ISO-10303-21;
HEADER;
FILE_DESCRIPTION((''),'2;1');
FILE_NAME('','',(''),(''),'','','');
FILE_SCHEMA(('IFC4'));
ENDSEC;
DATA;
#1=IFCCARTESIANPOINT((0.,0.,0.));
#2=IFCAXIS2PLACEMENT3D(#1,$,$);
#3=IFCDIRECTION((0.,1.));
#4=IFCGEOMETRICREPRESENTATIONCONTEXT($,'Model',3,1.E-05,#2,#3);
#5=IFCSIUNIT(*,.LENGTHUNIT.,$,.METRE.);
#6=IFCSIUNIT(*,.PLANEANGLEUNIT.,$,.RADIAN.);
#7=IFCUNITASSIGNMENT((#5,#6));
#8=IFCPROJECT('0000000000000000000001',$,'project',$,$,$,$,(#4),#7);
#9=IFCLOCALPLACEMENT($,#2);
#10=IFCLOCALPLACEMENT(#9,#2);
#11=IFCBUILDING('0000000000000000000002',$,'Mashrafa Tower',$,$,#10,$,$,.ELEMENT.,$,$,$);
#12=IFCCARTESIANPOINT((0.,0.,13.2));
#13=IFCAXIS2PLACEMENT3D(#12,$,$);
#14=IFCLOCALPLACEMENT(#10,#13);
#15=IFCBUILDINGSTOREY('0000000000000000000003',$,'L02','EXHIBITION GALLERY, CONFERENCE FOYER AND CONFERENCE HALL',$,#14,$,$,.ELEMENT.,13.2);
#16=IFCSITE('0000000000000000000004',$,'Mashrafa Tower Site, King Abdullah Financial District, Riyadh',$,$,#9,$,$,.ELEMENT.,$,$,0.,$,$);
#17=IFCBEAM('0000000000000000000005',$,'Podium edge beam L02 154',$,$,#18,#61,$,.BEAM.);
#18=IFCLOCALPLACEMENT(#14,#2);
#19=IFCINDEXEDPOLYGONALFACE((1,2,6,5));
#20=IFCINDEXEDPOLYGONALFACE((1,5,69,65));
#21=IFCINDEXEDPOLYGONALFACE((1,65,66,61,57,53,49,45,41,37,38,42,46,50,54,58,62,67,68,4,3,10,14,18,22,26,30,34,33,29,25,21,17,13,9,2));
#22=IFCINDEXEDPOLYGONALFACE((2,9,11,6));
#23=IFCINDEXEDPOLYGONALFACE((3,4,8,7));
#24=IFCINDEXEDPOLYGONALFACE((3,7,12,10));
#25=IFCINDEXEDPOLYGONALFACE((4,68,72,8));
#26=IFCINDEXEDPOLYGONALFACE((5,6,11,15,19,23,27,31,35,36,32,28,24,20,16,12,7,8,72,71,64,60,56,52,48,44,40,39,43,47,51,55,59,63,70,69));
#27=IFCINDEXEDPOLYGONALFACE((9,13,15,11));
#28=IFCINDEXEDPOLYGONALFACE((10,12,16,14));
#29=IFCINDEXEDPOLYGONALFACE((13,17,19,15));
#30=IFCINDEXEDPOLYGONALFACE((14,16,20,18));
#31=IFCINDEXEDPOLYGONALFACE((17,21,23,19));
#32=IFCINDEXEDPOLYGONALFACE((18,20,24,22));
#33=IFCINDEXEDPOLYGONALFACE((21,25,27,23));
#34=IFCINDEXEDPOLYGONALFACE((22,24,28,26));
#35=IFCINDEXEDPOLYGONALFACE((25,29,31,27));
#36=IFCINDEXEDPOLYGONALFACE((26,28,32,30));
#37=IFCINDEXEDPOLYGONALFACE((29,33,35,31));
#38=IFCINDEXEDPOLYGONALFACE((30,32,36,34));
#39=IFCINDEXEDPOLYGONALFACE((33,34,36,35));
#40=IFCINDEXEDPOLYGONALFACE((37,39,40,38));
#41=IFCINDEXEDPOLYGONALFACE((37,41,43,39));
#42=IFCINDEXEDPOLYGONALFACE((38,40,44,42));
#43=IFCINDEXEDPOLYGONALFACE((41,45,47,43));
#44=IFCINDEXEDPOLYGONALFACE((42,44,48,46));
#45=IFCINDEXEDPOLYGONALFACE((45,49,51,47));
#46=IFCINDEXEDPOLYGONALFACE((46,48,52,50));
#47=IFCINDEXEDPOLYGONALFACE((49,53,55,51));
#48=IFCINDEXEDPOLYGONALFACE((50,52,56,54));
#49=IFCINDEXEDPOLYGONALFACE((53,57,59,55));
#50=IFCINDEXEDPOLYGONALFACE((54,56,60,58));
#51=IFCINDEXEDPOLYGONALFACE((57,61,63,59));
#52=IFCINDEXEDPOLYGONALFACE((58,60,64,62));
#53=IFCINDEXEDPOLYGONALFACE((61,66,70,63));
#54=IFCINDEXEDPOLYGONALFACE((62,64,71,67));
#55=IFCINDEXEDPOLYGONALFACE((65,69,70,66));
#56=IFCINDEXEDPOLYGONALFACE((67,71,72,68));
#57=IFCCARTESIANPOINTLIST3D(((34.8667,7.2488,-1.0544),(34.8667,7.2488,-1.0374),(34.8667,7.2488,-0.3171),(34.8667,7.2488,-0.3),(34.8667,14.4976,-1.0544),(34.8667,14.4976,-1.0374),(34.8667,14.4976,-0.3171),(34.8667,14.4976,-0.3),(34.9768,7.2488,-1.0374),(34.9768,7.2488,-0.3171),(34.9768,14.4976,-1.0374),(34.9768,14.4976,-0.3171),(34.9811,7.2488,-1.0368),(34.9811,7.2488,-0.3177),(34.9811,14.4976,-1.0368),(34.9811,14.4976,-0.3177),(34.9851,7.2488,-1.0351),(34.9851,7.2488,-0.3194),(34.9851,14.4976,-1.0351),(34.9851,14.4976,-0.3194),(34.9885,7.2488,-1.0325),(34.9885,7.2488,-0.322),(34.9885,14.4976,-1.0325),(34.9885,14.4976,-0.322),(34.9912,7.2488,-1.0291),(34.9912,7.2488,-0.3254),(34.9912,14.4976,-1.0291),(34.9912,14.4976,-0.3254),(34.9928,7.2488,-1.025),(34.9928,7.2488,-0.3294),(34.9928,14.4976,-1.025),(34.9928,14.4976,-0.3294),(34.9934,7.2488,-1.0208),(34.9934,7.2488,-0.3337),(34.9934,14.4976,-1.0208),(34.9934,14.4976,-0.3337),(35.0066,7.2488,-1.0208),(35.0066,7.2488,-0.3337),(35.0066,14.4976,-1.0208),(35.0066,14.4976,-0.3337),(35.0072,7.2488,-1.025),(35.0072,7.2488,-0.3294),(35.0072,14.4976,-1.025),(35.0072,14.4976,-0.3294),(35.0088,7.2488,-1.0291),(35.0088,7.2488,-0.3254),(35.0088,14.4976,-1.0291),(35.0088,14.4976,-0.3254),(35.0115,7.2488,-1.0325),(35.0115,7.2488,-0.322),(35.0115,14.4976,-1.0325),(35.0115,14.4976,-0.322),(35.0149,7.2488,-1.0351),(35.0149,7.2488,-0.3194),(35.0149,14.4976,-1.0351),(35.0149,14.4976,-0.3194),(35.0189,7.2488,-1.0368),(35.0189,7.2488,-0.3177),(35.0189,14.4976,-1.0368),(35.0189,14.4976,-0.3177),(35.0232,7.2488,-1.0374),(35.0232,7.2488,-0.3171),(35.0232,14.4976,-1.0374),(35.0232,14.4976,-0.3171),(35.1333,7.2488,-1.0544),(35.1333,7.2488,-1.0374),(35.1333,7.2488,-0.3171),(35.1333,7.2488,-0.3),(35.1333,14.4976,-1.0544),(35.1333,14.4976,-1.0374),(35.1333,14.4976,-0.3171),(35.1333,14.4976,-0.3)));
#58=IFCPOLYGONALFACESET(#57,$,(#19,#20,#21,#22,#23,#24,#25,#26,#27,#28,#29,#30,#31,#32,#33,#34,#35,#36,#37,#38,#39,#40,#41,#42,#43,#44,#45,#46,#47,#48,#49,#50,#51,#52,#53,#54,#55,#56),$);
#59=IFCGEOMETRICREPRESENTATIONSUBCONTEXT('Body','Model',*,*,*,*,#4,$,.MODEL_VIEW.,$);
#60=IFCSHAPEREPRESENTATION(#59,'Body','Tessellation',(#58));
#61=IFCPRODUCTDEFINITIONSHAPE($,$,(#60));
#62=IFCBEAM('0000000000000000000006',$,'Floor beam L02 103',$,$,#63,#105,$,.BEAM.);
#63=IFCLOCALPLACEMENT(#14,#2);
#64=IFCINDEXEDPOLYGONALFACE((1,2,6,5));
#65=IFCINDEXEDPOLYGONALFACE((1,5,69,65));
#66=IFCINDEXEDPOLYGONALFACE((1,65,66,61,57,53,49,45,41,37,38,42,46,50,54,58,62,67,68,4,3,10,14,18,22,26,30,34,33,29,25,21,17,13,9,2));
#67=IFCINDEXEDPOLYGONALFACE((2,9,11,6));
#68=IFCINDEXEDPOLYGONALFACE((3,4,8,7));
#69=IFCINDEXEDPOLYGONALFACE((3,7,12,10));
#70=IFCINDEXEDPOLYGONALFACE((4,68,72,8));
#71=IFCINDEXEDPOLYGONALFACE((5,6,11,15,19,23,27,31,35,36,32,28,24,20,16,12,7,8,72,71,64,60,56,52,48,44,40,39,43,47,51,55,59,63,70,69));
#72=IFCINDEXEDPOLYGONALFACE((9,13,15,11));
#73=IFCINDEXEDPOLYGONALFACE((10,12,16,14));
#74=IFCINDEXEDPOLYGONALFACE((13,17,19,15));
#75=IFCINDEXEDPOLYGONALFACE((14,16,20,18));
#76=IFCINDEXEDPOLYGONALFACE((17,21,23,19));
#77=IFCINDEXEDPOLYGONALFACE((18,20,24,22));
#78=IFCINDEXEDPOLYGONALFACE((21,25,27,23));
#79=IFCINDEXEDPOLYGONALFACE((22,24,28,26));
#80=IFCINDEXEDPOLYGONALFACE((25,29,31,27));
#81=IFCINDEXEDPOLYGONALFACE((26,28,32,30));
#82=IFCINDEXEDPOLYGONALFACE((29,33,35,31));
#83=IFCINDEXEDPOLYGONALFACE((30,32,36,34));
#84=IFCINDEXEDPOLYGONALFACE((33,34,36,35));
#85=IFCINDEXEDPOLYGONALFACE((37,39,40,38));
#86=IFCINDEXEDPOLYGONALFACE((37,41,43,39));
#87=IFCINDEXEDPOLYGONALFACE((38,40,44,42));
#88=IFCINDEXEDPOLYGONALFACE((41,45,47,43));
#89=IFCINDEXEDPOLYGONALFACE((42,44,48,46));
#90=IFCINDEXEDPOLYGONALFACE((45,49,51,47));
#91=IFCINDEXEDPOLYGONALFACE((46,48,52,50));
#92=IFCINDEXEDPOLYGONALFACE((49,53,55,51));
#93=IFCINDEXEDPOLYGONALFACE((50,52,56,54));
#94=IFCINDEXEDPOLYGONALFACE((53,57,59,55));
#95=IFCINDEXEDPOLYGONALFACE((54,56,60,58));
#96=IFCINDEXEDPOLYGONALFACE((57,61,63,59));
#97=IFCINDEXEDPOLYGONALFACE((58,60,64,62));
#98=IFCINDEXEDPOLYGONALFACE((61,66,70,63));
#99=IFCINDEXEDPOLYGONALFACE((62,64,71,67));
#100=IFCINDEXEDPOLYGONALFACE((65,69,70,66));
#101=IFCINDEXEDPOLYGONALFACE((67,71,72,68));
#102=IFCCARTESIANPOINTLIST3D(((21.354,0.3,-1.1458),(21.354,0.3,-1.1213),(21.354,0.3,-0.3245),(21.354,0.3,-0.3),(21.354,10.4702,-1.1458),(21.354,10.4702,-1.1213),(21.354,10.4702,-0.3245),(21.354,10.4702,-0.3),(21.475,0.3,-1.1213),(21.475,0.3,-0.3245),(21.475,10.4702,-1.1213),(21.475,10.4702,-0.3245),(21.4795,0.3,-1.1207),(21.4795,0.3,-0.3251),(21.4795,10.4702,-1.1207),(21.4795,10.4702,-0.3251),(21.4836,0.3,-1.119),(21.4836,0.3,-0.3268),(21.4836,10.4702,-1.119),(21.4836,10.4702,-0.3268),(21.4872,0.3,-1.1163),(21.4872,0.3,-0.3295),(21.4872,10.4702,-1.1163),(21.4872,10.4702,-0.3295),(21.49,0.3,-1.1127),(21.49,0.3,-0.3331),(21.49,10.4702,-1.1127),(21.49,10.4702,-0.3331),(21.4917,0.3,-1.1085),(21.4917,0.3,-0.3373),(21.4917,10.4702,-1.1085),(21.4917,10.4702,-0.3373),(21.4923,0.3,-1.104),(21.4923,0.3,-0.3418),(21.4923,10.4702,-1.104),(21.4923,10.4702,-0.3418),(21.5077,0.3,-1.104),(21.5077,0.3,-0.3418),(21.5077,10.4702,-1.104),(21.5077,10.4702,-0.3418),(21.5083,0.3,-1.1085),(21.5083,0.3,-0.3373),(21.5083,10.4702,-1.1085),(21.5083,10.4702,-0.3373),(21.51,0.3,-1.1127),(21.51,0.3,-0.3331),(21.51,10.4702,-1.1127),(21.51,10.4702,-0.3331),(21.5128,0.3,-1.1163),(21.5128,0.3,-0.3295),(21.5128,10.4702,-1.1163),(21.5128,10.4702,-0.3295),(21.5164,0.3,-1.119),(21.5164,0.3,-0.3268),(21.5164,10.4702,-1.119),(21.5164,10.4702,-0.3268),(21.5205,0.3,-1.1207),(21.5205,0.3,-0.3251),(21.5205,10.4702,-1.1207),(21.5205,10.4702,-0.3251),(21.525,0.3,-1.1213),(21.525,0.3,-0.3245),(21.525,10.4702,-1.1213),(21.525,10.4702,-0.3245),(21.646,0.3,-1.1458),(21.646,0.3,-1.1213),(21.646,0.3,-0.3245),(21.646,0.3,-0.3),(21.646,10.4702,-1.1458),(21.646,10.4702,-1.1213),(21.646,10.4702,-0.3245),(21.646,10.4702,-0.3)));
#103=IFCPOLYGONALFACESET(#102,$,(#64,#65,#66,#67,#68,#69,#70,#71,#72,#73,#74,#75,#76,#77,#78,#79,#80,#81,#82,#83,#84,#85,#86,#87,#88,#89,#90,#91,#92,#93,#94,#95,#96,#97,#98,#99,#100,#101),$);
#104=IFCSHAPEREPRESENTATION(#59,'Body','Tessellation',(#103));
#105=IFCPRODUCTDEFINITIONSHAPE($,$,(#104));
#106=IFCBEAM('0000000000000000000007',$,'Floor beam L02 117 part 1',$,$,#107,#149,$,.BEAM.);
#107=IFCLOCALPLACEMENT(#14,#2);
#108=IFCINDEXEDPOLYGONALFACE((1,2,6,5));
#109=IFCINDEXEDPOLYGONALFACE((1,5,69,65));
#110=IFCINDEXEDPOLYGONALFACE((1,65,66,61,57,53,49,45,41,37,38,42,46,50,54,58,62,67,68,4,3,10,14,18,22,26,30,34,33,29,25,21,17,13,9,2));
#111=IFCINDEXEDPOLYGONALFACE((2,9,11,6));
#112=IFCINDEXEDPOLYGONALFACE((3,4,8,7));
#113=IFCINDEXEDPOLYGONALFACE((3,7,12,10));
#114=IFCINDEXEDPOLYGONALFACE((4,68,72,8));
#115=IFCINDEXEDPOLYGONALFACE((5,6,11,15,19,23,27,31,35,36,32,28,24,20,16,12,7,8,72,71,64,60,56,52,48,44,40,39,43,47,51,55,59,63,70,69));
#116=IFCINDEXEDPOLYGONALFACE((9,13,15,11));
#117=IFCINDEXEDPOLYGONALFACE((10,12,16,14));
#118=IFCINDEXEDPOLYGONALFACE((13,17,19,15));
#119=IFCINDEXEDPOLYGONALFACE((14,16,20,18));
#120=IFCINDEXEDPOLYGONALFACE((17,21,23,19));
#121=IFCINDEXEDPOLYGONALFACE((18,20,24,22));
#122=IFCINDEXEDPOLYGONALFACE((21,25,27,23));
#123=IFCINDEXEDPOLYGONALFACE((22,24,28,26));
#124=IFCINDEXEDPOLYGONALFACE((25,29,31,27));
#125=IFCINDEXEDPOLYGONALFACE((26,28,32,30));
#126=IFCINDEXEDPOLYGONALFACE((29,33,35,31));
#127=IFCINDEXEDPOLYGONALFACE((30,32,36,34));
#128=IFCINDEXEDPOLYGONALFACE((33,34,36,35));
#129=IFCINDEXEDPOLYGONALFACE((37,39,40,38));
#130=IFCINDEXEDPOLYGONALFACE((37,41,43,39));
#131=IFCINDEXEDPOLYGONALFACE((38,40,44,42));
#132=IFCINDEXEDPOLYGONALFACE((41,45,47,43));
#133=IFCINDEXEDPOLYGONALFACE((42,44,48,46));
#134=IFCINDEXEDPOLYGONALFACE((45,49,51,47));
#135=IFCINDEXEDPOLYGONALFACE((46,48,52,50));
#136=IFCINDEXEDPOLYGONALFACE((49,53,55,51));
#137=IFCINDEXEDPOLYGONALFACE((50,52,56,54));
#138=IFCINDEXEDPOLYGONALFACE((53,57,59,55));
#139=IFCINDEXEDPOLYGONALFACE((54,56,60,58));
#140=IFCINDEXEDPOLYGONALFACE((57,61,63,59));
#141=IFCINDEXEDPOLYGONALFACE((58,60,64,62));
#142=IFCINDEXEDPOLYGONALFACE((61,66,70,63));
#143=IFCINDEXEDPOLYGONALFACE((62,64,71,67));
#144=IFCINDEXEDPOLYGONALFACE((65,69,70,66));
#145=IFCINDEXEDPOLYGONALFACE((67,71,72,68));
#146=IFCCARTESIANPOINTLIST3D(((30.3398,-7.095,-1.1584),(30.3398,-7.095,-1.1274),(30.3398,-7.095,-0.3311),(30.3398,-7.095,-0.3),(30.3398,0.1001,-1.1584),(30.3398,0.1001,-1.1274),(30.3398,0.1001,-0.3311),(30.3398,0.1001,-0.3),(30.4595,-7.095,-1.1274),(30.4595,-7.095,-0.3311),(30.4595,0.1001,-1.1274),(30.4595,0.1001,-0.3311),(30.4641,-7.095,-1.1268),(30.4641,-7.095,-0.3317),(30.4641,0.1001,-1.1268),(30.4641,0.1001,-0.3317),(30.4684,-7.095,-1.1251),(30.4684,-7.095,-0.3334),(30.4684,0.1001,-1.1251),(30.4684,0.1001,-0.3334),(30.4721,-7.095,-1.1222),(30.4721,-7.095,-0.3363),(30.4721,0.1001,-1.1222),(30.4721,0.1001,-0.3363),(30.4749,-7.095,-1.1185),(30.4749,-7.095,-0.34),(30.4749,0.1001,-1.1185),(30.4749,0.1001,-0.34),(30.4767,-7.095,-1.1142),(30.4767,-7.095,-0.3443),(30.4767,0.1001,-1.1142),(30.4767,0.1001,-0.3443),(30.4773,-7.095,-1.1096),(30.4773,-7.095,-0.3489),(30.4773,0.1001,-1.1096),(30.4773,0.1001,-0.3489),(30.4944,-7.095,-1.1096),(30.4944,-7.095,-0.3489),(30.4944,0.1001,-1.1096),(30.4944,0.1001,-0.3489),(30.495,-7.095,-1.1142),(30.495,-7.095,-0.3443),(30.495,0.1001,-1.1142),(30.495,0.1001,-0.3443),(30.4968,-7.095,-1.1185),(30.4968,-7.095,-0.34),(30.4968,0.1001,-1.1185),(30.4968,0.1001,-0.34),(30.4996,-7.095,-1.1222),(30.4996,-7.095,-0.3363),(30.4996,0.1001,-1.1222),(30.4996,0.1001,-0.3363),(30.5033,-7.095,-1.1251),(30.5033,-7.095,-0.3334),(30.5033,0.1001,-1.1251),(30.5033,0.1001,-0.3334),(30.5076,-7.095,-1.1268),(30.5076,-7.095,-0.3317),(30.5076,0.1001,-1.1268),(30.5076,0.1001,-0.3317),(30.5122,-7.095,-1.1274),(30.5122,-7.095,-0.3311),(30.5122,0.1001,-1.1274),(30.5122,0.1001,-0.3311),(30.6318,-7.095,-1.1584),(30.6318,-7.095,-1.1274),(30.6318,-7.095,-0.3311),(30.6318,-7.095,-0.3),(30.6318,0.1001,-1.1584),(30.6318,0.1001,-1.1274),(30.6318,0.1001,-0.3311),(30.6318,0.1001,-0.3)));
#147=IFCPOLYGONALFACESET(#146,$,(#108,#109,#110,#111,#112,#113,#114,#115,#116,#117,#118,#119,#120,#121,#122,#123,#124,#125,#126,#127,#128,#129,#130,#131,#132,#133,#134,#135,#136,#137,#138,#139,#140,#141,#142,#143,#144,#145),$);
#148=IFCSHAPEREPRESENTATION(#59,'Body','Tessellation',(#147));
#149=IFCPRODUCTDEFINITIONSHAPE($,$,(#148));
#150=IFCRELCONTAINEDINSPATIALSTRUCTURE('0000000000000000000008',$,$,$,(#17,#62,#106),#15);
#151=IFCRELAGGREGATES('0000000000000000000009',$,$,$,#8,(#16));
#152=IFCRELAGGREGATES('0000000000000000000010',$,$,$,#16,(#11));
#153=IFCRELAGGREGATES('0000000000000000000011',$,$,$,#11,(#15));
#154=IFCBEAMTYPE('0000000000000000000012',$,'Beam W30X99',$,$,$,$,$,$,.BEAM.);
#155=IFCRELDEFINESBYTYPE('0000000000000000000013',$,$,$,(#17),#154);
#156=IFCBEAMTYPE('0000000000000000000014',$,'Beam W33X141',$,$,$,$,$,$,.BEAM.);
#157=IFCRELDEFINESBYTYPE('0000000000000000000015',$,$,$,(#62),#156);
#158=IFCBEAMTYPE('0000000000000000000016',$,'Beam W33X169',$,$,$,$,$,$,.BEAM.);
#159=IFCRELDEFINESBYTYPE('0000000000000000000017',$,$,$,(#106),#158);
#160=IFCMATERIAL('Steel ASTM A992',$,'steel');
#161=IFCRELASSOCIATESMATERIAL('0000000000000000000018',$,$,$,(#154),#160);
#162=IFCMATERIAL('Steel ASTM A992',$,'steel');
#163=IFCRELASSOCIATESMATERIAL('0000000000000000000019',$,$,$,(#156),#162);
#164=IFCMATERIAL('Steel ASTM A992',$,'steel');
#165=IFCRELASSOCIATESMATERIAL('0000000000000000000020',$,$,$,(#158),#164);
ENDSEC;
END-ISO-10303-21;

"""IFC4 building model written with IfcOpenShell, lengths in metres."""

from ifc_helpers import new_model, si_unit, direction, frame, origin, origin_2d, place, context, subcontext, project, spatial, i_section, extrude, material, material_profile, profile_set, type_object, element, save


model = new_model("IFC4")

# Units and contexts
model_context = context("Model", 3, precision=1e-05, world=origin(), true_north=direction((0.0, 1.0)))
body_context = subcontext(model_context, "Body", "Model", "MODEL_VIEW")
ifc_project = project(units=[si_unit("LENGTHUNIT", "METRE"), si_unit("PLANEANGLEUNIT", "RADIAN")], contexts=[model_context])

# Site, building, storey
site_placement = place(None, origin())
site = spatial("IfcSite", under=ifc_project, at=site_placement, Name="Mashrafa Tower Site, King Abdullah Financial District, Riyadh", CompositionType="ELEMENT", RefElevation=0.0)
building_placement = place(site_placement, origin())
building = spatial("IfcBuilding", under=site, at=building_placement, Name="Mashrafa Tower", CompositionType="ELEMENT")
storey_placement = place(building_placement, frame((0.0, 0.0, 13.2)))
storey = spatial("IfcBuildingStorey", under=building, at=storey_placement, Name="L02", Description="EXHIBITION GALLERY, CONFERENCE FOYER AND CONFERENCE HALL", CompositionType="ELEMENT", Elevation=13.2)

# Beams
ifc_material_1 = material(Name="Steel ASTM A992", Category="steel")
ifc_material_profile_1 = material_profile(ifc_material_1, i_section(OverallWidth=0.2666, OverallDepth=0.7544, WebThickness=0.0132, FlangeThickness=0.0171, FilletRadius=0.0166, at=origin_2d()), Name="W30X99")
ifc_profile_set_1 = profile_set([ifc_material_profile_1], Name="Steel ASTM A992")
beam_type_1 = type_object("IfcBeamType", Name="Beam W30X99", PredefinedType="BEAM", material=ifc_profile_set_1)
beam_1_placement = place(storey_placement, frame((35.0, 7.2488, -0.6772), z_axis=(0.0, 1.0, 0.0), x_axis=(-1.0, 0.0, 0.0)))
element("IfcBeam", 1, at=beam_1_placement, inside=storey, type_object=beam_type_1, Name="Podium edge beam L02 154", PredefinedType="BEAM", context=body_context, shape_type="SweptSolid", body=[
    extrude(i_section(OverallWidth=0.2666, OverallDepth=0.7544, WebThickness=0.0132, FlangeThickness=0.0171, FilletRadius=0.0166, at=origin_2d()), origin(), (0.0, 0.0, 1.0), 7.2488),
])
ifc_material_2 = material(Name="Steel ASTM A992", Category="steel")
ifc_material_profile_2 = material_profile(ifc_material_2, i_section(OverallWidth=0.292, OverallDepth=0.8457, WebThickness=0.0154, FlangeThickness=0.0244, FilletRadius=0.0173, at=origin_2d()), Name="W33X141")
ifc_profile_set_2 = profile_set([ifc_material_profile_2], Name="Steel ASTM A992")
beam_type_2 = type_object("IfcBeamType", Name="Beam W33X141", PredefinedType="BEAM", material=ifc_profile_set_2)
beam_2_placement = place(storey_placement, frame((21.5, 10.4702, -0.7229), z_axis=(0.0, -1.0, 0.0), x_axis=(1.0, 0.0, 0.0)))
element("IfcBeam", 2, at=beam_2_placement, inside=storey, type_object=beam_type_2, Name="Floor beam L02 103", PredefinedType="BEAM", context=body_context, shape_type="SweptSolid", body=[
    extrude(i_section(OverallWidth=0.292, OverallDepth=0.8457, WebThickness=0.0154, FlangeThickness=0.0244, FilletRadius=0.0173, at=origin_2d()), origin(), (0.0, 0.0, 1.0), 10.1702),
])
ifc_material_3 = material(Name="Steel ASTM A992", Category="steel")
ifc_material_profile_3 = material_profile(ifc_material_3, i_section(OverallWidth=0.292, OverallDepth=0.8584, WebThickness=0.0171, FlangeThickness=0.031, FilletRadius=0.0178, at=origin_2d()), Name="W33X169")
ifc_profile_set_3 = profile_set([ifc_material_profile_3], Name="Steel ASTM A992")
beam_type_3 = type_object("IfcBeamType", Name="Beam W33X169", PredefinedType="BEAM", material=ifc_profile_set_3)
beam_3_placement = place(storey_placement, frame((30.4858, 0.1001, -0.7292), z_axis=(0.0, -1.0, 0.0), x_axis=(1.0, 0.0, 0.0)))
element("IfcBeam", 3, at=beam_3_placement, inside=storey, type_object=beam_type_3, Name="Floor beam L02 117 part 1", PredefinedType="BEAM", context=body_context, shape_type="SweptSolid", body=[
    extrude(i_section(OverallWidth=0.292, OverallDepth=0.8584, WebThickness=0.0171, FlangeThickness=0.031, FilletRadius=0.0178, at=origin_2d()), origin(), (0.0, 0.0, 1.0), 7.1951),
])

save(model, "model.ifc")
